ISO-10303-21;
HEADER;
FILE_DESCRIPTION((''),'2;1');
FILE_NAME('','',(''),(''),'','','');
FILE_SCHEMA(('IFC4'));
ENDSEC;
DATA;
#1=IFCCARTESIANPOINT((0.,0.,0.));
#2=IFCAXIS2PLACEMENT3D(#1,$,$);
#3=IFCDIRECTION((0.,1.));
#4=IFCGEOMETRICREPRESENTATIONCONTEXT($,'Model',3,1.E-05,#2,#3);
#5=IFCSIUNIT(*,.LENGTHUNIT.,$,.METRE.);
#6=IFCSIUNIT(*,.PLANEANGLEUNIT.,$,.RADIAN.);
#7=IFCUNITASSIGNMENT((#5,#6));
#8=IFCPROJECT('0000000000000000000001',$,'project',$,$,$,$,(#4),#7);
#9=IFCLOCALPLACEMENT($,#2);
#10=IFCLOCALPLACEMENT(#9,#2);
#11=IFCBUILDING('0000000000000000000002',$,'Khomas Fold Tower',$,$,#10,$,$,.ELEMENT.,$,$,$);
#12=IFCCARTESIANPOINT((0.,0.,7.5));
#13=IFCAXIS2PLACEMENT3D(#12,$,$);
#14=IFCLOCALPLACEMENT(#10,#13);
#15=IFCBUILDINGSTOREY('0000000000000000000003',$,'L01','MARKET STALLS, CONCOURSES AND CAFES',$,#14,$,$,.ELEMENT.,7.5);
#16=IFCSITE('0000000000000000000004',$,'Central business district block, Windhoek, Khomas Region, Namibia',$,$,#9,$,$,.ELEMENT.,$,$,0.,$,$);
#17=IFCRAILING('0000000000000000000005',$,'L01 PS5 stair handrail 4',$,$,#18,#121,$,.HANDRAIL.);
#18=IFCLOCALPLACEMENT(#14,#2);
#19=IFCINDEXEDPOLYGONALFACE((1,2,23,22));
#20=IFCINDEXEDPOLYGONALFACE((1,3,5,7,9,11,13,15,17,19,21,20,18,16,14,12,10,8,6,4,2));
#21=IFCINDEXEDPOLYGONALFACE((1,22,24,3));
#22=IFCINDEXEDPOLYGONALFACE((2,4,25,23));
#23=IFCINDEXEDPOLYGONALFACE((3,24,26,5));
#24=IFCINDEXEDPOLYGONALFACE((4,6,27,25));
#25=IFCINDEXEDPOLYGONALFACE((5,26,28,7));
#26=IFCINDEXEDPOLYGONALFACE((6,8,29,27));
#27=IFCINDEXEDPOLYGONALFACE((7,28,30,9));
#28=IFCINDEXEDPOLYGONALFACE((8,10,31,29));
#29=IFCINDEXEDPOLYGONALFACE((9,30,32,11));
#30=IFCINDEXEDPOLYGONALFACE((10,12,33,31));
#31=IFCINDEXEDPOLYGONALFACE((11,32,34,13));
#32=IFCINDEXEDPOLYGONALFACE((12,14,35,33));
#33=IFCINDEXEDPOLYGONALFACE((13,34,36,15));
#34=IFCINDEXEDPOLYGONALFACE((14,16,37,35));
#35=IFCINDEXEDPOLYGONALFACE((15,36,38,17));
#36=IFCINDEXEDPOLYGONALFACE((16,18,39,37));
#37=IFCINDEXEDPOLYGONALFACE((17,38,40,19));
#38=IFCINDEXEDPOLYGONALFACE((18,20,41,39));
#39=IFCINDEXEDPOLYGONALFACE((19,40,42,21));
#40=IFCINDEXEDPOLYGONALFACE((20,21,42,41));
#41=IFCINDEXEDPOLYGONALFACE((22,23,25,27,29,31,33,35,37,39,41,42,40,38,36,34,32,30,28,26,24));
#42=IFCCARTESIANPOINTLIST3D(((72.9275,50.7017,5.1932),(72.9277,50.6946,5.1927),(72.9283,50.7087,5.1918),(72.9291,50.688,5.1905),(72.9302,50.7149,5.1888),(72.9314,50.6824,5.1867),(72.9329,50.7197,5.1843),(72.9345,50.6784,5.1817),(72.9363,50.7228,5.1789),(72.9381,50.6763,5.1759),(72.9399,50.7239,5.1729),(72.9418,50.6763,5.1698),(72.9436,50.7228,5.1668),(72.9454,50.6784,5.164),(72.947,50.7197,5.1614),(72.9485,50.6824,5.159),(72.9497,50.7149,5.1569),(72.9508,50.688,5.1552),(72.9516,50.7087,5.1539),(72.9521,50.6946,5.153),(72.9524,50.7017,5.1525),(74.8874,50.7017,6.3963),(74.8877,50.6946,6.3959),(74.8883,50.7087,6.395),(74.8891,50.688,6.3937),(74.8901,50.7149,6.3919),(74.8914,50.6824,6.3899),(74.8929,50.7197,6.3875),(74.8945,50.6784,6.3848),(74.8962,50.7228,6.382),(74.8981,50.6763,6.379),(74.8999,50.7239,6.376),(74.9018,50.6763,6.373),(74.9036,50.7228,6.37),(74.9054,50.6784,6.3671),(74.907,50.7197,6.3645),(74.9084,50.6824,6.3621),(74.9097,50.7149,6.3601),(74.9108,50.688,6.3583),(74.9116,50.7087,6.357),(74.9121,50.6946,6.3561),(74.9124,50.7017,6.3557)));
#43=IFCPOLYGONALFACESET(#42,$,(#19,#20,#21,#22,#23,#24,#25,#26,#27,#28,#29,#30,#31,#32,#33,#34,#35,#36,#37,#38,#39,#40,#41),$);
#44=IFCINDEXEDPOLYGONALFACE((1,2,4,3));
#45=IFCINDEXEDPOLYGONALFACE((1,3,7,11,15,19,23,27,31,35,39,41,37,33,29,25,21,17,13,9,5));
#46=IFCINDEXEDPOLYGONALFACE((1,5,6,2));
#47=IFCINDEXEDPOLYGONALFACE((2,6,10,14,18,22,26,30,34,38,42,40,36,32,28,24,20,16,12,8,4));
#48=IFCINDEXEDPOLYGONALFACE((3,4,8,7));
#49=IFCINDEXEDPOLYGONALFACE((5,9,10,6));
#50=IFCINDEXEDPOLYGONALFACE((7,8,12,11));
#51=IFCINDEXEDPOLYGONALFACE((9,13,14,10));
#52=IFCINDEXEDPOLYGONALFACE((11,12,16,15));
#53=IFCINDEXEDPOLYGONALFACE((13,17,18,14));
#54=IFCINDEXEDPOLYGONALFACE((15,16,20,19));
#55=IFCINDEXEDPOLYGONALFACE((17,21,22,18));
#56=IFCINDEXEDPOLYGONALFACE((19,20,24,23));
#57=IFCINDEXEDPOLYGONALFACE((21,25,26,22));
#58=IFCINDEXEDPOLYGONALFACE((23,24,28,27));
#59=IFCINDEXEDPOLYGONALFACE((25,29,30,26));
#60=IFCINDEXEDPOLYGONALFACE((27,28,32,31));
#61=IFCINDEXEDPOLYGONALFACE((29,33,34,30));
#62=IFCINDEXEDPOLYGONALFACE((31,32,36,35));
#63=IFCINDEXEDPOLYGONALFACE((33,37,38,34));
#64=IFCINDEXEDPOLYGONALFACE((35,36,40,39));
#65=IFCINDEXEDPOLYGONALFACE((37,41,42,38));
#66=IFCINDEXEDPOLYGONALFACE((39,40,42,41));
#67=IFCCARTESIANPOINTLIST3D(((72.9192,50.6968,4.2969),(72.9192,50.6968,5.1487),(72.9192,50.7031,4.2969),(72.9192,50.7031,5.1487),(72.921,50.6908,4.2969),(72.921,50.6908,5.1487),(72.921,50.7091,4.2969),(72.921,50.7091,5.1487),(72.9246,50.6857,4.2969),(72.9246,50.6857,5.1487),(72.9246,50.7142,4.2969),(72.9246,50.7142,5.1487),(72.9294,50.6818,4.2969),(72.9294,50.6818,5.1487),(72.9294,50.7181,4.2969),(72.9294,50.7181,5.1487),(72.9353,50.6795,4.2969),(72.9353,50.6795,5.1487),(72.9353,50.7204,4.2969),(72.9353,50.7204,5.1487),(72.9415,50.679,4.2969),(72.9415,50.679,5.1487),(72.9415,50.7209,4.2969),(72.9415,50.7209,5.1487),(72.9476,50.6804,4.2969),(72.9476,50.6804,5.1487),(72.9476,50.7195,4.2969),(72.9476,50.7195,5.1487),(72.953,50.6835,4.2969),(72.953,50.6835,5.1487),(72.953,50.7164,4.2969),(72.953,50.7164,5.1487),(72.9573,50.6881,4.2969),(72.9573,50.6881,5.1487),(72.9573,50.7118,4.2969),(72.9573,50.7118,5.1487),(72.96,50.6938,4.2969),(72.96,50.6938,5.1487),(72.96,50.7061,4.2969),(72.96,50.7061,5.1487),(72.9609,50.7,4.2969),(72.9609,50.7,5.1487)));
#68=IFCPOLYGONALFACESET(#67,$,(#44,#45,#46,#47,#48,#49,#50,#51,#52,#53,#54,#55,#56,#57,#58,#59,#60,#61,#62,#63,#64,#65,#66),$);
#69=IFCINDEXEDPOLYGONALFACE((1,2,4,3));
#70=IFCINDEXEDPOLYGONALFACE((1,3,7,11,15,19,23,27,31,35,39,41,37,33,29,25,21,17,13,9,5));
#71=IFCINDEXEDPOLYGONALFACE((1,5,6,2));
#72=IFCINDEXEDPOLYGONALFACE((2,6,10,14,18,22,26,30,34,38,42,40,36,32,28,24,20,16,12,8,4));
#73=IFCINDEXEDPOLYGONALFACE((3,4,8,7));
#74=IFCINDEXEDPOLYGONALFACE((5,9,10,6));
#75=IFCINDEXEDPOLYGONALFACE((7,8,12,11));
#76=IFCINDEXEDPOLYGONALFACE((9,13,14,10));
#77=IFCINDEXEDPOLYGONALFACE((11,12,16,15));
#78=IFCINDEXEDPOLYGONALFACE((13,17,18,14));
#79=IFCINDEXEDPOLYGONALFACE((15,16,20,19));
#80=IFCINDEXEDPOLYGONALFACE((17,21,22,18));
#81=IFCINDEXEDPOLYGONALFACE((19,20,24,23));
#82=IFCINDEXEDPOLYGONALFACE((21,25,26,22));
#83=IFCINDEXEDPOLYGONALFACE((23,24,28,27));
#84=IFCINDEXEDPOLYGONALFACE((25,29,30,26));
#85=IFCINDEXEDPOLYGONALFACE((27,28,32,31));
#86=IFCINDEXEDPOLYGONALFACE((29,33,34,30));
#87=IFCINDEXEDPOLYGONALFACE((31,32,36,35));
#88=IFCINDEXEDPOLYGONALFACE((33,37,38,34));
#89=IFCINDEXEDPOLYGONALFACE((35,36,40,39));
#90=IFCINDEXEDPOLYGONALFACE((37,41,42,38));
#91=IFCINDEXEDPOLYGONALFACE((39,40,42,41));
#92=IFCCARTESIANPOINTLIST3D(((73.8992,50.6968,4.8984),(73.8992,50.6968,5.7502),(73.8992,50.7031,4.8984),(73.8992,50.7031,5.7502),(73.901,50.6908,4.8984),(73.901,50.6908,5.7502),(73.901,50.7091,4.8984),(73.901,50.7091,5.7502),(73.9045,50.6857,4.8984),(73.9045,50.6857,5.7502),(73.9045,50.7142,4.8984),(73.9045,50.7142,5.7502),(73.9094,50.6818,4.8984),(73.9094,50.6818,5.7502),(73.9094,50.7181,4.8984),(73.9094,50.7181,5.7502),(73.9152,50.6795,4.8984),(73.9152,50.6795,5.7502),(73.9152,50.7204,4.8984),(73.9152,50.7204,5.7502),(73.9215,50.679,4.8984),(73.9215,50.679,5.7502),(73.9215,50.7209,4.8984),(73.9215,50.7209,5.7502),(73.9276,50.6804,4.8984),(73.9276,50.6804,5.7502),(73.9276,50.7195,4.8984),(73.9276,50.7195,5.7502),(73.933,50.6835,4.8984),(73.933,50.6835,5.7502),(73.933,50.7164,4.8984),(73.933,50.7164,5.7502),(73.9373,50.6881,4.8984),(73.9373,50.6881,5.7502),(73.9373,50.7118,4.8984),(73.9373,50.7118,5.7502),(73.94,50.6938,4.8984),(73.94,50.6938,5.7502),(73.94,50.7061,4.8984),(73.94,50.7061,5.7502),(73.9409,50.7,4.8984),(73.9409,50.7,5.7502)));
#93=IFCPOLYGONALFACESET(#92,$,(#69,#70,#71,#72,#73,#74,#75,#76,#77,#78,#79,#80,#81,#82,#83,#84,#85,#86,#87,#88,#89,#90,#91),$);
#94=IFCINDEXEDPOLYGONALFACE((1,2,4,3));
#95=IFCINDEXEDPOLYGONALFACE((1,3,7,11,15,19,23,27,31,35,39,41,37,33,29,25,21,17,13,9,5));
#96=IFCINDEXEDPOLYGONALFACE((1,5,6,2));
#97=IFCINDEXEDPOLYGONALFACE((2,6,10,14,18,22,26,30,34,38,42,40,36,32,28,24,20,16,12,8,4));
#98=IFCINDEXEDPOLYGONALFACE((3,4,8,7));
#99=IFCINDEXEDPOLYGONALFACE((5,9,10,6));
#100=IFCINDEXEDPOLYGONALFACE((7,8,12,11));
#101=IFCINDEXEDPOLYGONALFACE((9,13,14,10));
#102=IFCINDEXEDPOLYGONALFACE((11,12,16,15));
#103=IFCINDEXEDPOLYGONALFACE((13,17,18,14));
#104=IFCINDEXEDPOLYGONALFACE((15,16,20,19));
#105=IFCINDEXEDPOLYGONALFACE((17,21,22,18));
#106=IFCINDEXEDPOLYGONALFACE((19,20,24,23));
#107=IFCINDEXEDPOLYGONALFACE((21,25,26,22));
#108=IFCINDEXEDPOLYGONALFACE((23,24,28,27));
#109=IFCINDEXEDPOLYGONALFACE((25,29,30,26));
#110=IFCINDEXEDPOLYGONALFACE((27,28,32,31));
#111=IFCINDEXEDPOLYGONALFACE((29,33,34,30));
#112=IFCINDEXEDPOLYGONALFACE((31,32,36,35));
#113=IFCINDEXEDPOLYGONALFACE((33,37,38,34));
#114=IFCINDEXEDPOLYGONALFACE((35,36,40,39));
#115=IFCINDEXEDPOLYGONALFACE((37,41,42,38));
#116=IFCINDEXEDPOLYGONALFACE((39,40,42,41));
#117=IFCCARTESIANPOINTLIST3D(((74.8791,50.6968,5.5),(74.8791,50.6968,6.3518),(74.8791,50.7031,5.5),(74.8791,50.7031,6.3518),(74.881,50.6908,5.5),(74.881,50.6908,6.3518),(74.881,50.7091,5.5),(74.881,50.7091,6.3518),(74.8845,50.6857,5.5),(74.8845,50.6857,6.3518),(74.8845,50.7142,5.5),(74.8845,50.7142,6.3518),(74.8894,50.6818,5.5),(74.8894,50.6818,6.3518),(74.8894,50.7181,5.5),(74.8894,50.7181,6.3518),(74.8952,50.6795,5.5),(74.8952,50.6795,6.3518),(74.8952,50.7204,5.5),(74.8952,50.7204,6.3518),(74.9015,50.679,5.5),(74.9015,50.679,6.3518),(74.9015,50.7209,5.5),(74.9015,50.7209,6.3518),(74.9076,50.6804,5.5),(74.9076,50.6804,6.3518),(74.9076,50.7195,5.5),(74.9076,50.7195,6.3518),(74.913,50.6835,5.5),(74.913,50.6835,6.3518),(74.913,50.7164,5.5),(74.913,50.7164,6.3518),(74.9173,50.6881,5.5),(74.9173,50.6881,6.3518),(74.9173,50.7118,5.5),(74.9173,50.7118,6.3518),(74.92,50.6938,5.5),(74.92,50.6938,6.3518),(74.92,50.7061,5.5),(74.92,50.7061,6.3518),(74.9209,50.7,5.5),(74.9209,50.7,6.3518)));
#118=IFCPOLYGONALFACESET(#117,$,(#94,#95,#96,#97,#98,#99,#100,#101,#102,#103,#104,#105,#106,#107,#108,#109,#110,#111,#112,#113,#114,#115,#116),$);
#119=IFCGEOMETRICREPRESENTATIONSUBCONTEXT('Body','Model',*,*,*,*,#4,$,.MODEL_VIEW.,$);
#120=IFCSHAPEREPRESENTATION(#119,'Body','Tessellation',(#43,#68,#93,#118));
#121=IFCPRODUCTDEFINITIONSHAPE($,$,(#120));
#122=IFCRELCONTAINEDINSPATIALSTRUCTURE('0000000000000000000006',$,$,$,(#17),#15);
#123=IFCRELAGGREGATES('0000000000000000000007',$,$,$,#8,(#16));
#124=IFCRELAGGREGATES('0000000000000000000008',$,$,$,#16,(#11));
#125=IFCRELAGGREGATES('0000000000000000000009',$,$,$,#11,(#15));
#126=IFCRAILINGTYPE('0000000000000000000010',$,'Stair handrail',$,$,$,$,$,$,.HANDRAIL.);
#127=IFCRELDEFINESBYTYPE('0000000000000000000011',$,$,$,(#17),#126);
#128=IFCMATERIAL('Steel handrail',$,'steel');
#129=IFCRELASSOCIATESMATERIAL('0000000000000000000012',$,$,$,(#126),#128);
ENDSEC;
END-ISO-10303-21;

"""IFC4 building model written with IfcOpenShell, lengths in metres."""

from ifc_helpers import new_model, si_unit, direction, frame, origin, origin_2d, place, context, subcontext, project, spatial, circle, extrude, source, transform, mapped, material, type_object, element, save


model = new_model("IFC4")

# Units and contexts
model_context = context("Model", 3, precision=1e-05, world=origin(), true_north=direction((0.0, 1.0)))
body_context = subcontext(model_context, "Body", "Model", "MODEL_VIEW")
ifc_project = project(units=[si_unit("LENGTHUNIT", "METRE"), si_unit("PLANEANGLEUNIT", "RADIAN")], contexts=[model_context])

# Site, building, storey
site_placement = place(None, origin())
site = spatial("IfcSite", under=ifc_project, at=site_placement, Name="Central business district block, Windhoek, Khomas Region, Namibia", CompositionType="ELEMENT", RefElevation=0.0)
building_placement = place(site_placement, origin())
building = spatial("IfcBuilding", under=site, at=building_placement, Name="Khomas Fold Tower", CompositionType="ELEMENT")
storey_placement = place(building_placement, frame((0.0, 0.0, 7.5)))
storey = spatial("IfcBuildingStorey", under=building, at=storey_placement, Name="L01", Description="MARKET STALLS, CONCOURSES AND CAFES", CompositionType="ELEMENT", Elevation=7.5)

# Railing
ifc_material_1 = material(Name="Steel handrail", Category="steel")
railing_type_1 = type_object("IfcRailingType", Name="Stair handrail", PredefinedType="HANDRAIL", material=ifc_material_1)
shared_shape_1 = source(origin(), body_context, "Body", "SweptSolid", [
    extrude(circle(Radius=0.0239, at=origin_2d()), frame((0.0, 0.0, 0.876), z_axis=(0.852241, 0.0, 0.523149), x_axis=(0.0, 1.0, 0.0)), (0.0, 0.0, 1.0), 2.2998),
    extrude(circle(Radius=0.021, at=origin_2d()), origin(), (0.0, 0.0, 1.0), 0.8518),
    extrude(circle(Radius=0.021, at=origin_2d()), frame((0.98, 0.0, 0.6016)), (0.0, 0.0, 1.0), 0.8518),
    extrude(circle(Radius=0.021, at=origin_2d()), frame((1.96, 0.0, 1.2031)), (0.0, 0.0, 1.0), 0.8518),
])
for number, where, name in (
    (1, (72.9399, 50.7, 4.2969), "L01 PS5 stair handrail 4"),
):
    element("IfcRailing", number, at=place(storey_placement, frame(where)), inside=storey, type_object=railing_type_1, Name=name, PredefinedType="HANDRAIL", context=body_context, shape_type="MappedRepresentation", body=[
        mapped(shared_shape_1, transform((0.0, 0.0, 0.0))),
    ])

save(model, "model.ifc")
